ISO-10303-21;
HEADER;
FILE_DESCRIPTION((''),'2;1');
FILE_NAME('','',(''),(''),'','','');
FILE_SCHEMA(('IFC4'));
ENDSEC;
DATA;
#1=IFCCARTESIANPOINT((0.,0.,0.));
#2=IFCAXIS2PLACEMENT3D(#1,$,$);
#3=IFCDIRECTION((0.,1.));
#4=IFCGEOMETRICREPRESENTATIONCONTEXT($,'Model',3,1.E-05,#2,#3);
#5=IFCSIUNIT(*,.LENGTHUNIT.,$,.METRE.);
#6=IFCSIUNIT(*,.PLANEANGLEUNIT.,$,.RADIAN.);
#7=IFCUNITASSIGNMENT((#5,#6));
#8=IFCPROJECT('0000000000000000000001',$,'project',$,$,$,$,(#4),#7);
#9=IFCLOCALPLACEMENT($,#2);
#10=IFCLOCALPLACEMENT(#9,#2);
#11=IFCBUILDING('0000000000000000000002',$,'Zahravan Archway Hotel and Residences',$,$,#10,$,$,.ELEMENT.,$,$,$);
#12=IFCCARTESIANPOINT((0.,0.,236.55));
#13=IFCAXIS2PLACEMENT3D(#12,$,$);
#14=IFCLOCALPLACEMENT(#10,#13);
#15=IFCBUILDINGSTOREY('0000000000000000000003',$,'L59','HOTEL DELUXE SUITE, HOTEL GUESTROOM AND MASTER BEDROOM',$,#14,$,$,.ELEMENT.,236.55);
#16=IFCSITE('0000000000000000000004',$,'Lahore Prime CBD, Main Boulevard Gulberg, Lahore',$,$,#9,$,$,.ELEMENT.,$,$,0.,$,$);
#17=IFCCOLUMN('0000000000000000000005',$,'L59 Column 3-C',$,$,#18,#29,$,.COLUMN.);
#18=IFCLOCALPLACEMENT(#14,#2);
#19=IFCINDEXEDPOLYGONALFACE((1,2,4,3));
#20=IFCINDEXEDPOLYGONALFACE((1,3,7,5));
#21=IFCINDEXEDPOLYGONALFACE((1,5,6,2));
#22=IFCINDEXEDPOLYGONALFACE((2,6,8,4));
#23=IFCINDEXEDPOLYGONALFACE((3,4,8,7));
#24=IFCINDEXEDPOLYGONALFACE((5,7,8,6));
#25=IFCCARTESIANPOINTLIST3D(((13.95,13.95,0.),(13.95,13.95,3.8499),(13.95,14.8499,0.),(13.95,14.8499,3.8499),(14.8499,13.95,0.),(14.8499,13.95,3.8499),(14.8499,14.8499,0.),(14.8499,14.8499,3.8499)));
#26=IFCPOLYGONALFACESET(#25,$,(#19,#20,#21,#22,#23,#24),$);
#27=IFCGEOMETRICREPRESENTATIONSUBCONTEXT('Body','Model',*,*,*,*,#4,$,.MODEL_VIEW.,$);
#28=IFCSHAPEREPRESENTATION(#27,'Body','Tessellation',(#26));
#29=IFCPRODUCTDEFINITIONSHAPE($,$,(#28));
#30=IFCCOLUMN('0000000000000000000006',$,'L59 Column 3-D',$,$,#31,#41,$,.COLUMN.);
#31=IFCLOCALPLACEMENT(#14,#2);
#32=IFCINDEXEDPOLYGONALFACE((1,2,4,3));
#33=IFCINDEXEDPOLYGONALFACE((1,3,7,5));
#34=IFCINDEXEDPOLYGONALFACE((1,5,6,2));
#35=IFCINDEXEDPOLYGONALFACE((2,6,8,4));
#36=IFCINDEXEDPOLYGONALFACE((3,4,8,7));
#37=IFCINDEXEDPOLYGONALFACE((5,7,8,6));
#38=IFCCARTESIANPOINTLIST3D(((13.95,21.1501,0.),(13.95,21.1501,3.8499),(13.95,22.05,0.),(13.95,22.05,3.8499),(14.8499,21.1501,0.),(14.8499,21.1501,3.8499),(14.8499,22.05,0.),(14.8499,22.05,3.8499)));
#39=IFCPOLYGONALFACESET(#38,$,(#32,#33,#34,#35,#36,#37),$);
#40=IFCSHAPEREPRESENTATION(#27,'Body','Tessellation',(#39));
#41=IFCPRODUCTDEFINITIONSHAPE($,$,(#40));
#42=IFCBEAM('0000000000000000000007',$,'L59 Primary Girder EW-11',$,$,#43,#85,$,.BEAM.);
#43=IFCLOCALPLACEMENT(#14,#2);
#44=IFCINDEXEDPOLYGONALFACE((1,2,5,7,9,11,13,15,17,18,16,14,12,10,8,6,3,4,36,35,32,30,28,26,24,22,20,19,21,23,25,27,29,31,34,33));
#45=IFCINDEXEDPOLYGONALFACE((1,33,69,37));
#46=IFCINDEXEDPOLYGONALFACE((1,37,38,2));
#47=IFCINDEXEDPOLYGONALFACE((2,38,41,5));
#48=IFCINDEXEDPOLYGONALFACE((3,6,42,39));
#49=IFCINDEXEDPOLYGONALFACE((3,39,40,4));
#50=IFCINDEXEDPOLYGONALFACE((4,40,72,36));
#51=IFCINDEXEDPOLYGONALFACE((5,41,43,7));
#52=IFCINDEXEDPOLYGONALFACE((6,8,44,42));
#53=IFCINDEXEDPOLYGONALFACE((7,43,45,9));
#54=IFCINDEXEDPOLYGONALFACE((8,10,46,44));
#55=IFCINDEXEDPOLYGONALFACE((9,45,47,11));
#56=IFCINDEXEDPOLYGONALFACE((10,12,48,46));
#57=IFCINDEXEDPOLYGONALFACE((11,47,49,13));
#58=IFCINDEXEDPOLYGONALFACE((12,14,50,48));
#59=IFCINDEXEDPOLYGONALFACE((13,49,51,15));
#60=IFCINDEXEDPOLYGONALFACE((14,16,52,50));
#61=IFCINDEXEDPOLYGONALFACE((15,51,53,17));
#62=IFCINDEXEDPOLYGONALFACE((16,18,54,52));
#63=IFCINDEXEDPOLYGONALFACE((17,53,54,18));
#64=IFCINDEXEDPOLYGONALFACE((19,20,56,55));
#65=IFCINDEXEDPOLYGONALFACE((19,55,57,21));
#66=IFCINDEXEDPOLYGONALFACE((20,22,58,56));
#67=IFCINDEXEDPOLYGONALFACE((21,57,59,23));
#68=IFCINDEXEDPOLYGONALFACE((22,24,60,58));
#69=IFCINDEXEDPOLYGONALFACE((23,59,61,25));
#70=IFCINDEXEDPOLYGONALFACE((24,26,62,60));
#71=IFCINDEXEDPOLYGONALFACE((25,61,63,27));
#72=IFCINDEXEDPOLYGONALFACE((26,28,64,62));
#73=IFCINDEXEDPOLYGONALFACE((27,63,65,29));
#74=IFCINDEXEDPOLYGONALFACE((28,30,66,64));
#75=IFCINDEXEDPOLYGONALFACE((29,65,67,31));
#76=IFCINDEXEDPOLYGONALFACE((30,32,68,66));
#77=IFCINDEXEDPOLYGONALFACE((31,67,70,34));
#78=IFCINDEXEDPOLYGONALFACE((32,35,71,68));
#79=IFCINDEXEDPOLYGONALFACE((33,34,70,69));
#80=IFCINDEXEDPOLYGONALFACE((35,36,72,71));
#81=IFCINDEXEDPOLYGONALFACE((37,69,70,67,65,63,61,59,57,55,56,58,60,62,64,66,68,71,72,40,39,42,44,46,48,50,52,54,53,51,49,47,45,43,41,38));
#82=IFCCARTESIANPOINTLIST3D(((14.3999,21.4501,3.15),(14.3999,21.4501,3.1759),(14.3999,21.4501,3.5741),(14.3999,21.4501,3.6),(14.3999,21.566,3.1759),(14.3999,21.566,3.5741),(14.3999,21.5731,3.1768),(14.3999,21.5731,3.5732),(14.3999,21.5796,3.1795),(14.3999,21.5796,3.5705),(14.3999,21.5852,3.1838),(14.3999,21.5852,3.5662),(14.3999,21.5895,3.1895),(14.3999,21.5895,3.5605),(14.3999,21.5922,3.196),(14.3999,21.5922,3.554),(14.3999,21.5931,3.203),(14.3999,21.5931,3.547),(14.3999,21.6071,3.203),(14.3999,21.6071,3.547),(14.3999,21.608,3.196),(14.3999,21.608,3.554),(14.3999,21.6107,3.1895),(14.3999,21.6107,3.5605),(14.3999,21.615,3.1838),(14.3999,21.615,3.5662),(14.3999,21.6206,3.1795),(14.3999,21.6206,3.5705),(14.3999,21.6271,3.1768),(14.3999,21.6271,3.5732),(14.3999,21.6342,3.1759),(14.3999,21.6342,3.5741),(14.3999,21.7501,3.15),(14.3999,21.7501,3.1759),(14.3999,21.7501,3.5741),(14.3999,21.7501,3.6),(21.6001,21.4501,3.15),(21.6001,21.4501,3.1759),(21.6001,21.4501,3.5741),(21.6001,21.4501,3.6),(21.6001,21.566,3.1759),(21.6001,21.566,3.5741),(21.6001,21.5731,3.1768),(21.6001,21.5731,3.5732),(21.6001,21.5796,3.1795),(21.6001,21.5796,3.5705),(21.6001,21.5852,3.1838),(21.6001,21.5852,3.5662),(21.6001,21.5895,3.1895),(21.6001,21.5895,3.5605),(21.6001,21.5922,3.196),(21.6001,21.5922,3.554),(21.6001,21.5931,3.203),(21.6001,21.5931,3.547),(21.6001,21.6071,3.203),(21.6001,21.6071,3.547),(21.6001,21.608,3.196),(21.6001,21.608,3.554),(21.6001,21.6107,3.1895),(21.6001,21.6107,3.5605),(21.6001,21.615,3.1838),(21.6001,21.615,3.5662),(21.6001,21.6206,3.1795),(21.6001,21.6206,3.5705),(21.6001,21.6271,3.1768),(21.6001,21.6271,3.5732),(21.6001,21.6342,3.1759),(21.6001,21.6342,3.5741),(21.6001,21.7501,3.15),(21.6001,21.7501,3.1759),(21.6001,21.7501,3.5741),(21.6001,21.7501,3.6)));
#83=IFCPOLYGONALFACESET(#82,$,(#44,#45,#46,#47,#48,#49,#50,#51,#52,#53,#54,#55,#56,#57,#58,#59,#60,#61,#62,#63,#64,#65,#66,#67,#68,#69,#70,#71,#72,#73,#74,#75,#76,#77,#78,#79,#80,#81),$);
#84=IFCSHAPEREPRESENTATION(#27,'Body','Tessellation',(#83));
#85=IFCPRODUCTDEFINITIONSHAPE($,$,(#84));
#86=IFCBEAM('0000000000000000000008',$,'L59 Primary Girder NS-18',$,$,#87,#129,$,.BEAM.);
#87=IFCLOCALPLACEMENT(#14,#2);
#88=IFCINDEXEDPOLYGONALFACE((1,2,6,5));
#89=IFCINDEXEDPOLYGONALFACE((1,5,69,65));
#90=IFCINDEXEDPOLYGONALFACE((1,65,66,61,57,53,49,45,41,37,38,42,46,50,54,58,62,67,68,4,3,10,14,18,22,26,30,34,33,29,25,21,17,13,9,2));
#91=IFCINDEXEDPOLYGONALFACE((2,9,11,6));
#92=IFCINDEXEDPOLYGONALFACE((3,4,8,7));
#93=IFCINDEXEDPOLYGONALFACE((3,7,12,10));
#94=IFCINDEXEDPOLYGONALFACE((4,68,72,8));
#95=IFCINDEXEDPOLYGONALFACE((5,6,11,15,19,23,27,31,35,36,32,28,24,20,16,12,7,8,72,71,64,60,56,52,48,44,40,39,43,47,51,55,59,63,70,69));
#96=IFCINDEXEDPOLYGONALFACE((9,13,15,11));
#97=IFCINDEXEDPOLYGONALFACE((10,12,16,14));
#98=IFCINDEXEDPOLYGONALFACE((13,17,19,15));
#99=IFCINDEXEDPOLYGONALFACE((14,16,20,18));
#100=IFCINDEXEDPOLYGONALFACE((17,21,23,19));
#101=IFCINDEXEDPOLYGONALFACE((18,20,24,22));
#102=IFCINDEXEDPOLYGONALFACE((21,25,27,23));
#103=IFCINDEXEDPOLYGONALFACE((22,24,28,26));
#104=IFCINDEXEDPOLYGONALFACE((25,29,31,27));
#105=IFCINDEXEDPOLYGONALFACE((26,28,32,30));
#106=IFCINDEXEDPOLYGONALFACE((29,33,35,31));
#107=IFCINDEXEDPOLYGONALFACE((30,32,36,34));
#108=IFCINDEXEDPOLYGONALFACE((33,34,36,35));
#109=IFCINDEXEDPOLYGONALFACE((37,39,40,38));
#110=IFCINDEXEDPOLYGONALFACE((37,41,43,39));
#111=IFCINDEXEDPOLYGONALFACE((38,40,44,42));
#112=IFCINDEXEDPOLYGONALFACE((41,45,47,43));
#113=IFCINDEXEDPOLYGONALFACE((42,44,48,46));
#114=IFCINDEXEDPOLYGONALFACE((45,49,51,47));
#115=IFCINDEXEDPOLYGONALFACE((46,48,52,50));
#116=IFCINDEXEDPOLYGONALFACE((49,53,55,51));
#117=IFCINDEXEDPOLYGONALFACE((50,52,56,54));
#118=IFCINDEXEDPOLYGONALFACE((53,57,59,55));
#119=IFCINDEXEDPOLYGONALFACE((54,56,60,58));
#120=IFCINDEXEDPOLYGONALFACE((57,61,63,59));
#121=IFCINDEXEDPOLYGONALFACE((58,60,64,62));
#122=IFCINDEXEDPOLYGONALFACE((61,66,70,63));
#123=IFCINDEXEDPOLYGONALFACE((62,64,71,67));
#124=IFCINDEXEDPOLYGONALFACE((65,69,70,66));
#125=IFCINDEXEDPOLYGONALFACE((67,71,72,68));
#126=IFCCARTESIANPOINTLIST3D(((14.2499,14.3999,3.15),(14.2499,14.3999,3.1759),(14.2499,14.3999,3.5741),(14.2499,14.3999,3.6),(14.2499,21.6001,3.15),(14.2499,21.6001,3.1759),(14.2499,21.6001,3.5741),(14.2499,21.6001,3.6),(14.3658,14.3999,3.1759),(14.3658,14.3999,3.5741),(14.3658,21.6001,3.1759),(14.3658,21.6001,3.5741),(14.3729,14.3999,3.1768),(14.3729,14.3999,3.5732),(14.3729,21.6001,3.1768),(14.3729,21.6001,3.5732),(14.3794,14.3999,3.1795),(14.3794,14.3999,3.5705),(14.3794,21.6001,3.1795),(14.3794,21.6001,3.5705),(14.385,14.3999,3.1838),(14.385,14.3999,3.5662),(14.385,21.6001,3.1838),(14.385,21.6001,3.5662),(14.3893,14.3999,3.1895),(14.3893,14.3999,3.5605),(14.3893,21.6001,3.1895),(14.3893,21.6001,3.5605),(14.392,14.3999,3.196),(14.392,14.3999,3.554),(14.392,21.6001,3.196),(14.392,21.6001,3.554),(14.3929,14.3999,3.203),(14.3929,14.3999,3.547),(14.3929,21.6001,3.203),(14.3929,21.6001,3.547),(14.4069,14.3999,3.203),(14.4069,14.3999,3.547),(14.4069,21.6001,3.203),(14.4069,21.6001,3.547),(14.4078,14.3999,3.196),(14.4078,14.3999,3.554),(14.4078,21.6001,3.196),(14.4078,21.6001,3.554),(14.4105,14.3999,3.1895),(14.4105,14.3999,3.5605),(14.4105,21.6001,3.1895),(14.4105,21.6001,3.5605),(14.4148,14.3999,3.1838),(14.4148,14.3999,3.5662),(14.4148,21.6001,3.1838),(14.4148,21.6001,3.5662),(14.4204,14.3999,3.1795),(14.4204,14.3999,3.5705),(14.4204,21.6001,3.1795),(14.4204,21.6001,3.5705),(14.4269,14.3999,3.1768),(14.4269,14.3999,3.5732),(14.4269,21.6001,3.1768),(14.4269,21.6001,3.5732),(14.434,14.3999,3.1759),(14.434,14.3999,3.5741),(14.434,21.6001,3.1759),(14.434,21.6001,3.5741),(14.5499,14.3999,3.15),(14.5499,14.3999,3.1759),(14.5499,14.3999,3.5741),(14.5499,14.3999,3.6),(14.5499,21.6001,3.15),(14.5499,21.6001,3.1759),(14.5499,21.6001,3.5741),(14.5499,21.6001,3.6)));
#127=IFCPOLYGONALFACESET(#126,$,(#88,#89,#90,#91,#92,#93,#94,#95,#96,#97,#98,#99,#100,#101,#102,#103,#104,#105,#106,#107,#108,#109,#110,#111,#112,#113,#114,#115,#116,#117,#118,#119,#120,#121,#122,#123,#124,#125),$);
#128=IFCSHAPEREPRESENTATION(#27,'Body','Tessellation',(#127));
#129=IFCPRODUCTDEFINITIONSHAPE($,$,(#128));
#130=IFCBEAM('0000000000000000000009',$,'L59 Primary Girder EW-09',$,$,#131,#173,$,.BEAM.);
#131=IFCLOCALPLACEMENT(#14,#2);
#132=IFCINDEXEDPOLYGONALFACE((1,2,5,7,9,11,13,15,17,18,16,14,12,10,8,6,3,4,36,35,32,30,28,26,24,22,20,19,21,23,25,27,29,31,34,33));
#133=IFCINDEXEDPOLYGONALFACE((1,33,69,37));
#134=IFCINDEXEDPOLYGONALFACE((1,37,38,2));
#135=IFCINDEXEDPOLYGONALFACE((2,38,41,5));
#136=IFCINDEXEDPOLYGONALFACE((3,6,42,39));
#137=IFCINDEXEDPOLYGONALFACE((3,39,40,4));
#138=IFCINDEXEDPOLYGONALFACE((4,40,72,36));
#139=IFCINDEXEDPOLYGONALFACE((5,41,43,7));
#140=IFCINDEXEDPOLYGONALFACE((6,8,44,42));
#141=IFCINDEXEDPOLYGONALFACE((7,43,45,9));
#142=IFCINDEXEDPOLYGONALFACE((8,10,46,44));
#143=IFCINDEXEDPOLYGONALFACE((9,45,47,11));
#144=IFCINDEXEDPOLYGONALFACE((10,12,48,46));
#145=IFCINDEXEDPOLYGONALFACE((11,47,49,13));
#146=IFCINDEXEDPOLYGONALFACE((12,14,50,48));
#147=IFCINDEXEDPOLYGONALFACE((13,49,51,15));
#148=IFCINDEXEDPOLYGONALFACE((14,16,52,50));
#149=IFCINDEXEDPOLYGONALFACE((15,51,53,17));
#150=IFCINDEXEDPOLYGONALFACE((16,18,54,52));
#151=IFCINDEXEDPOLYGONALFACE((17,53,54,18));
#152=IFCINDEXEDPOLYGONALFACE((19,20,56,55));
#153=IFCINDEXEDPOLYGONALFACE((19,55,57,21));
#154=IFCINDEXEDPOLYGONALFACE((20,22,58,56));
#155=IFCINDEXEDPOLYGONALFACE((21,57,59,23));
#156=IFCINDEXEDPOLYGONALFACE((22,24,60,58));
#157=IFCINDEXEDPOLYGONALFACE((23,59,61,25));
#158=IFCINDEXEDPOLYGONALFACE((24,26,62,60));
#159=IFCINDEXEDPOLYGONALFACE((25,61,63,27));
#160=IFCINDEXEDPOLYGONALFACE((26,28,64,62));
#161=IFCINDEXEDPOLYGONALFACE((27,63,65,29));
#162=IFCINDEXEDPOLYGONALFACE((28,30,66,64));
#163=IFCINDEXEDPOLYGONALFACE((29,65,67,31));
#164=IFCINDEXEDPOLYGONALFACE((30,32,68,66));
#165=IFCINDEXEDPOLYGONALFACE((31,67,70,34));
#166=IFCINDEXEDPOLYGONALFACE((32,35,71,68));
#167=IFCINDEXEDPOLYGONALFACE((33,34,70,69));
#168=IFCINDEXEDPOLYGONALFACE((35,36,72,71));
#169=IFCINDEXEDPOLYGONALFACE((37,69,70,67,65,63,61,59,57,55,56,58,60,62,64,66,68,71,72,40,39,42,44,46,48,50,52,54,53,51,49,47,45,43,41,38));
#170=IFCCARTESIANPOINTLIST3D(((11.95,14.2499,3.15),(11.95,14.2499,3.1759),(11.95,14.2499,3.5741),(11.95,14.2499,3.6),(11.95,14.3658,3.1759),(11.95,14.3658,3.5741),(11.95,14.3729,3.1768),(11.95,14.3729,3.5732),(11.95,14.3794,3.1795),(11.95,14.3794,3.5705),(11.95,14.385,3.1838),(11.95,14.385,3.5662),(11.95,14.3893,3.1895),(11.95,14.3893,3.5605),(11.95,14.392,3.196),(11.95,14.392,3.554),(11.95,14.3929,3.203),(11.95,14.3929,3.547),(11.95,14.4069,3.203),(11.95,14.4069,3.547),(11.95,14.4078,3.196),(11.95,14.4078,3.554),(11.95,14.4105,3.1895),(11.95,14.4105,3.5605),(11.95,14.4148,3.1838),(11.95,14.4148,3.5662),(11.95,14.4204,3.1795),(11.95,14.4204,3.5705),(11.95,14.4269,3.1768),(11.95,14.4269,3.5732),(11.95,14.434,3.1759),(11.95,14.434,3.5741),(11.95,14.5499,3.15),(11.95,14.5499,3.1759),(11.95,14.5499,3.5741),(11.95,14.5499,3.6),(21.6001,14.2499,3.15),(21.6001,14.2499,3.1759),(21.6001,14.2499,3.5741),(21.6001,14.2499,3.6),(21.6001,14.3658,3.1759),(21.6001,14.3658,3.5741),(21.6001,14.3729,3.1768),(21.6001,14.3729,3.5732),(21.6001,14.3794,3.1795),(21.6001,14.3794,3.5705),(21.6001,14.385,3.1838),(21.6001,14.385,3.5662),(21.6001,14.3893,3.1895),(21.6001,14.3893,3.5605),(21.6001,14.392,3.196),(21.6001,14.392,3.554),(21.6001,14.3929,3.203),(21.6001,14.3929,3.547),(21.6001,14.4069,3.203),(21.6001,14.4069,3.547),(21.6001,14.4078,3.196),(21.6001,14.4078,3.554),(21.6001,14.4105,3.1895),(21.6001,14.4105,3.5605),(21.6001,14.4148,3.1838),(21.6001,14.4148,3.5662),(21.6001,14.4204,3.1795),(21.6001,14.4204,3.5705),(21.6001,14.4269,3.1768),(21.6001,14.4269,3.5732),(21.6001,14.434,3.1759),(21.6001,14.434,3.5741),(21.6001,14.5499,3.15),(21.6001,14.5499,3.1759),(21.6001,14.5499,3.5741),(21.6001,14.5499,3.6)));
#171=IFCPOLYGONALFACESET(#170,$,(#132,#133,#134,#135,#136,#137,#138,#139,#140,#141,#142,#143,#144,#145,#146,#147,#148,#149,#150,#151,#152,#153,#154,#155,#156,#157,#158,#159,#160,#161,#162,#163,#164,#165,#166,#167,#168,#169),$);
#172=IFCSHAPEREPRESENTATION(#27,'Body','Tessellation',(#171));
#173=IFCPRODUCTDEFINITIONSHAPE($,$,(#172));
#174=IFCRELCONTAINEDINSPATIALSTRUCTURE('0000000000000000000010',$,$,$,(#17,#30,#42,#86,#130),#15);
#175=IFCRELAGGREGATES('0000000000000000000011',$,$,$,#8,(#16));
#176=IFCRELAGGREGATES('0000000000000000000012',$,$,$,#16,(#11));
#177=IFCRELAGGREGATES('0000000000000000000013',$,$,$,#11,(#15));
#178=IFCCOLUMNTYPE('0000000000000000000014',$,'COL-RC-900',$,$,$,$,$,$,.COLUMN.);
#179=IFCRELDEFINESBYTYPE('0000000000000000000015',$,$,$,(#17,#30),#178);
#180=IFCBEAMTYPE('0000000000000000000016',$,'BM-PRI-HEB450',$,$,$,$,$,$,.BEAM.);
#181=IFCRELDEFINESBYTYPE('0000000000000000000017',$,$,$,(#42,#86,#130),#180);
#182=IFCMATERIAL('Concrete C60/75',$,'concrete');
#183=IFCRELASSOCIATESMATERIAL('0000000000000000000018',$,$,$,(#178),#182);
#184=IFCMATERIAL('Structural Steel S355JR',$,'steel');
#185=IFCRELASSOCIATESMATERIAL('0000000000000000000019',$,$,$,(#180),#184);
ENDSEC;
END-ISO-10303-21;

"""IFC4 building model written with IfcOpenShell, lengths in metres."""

from ifc_helpers import new_model, si_unit, direction, frame, origin, origin_2d, place, context, subcontext, project, spatial, rectangle, i_section, extrude, source, transform, mapped, material, material_profile, profile_set, type_object, type_shapes, element, save


model = new_model("IFC4")

# Units and contexts
model_context = context("Model", 3, precision=1e-05, world=origin(), true_north=direction((0.0, 1.0)))
body_context = subcontext(model_context, "Body", "Model", "MODEL_VIEW")
ifc_project = project(units=[si_unit("LENGTHUNIT", "METRE"), si_unit("PLANEANGLEUNIT", "RADIAN")], contexts=[model_context])

# Site, building, storey
site_placement = place(None, origin())
site = spatial("IfcSite", under=ifc_project, at=site_placement, Name="Lahore Prime CBD, Main Boulevard Gulberg, Lahore", CompositionType="ELEMENT", RefElevation=0.0)
building_placement = place(site_placement, origin())
building = spatial("IfcBuilding", under=site, at=building_placement, Name="Zahravan Archway Hotel and Residences", CompositionType="ELEMENT")
storey_placement = place(building_placement, frame((0.0, 0.0, 236.55)))
storey = spatial("IfcBuildingStorey", under=building, at=storey_placement, Name="L59", Description="HOTEL DELUXE SUITE, HOTEL GUESTROOM AND MASTER BEDROOM", CompositionType="ELEMENT", Elevation=236.55)

# Columns
ifc_material_1 = material(Name="Concrete C60/75", Category="concrete")
ifc_material_profile_1 = material_profile(ifc_material_1, rectangle(XDim=0.8999, YDim=0.8999, at=origin_2d()), Name="RC-COL-900x900", Category="concrete")
ifc_profile_set_1 = profile_set([ifc_material_profile_1], Name="Concrete C60/75")
column_type = type_object("IfcColumnType", Name="COL-RC-900", PredefinedType="COLUMN", material=ifc_profile_set_1)
shared_shape_1 = source(origin(), body_context, "Body", "SweptSolid", [
    extrude(rectangle(XDim=0.8999, YDim=0.8999, at=origin_2d()), origin(), (0.0, 0.0, 1.0), 3.8499),
])
for number, where, z_axis, x_axis, name in (
    (1, (14.3999, 14.3999, 0.0), (0.0, 0.0, 1.0), (1.0, 0.0, 0.0), "L59 Column 3-C"),
    (2, (14.3999, 21.6001, 0.0), (0.0, 0.0, 1.0), (1.0, 0.0, 0.0), "L59 Column 3-D"),
):
    element("IfcColumn", number, at=place(storey_placement, frame(where, z_axis=z_axis, x_axis=x_axis)), inside=storey, type_object=column_type, Name=name, PredefinedType="COLUMN", context=body_context, shape_type="MappedRepresentation", body=[
        mapped(shared_shape_1, transform((0.0, 0.0, 0.0), scale=1.0)),
    ])

# Beams
ifc_material_2 = material(Name="Structural Steel S355JR", Category="steel")
ifc_material_profile_2 = material_profile(ifc_material_2, i_section(OverallWidth=0.3, OverallDepth=0.45, WebThickness=0.0139, FlangeThickness=0.0259, FilletRadius=0.0271, at=origin_2d()), Name="HEB 450", Category="steel")
ifc_profile_set_2 = profile_set([ifc_material_profile_2], Name="Structural Steel S355JR")
beam_type_1 = type_object("IfcBeamType", Name="BM-PRI-HEB450", PredefinedType="BEAM", material=ifc_profile_set_2)
shared_shape_2 = source(origin(), body_context, "Body", "SweptSolid", [
    extrude(i_section(OverallWidth=0.3, OverallDepth=0.45, WebThickness=0.0139, FlangeThickness=0.0259, FilletRadius=0.0271, at=origin_2d()), origin(), (0.0, 0.0, 1.0), 7.2002),
])
type_shapes(beam_type_1, [shared_shape_2])
for number, where, z_axis, x_axis, name in (
    (3, (14.3999, 21.6001, 3.375), (1.0, 0.0, 0.0), (0.0, 1.0, 0.0), "L59 Primary Girder EW-11"),
    (4, (14.3999, 14.3999, 3.375), (0.0, 1.0, 0.0), (-1.0, 0.0, 0.0), "L59 Primary Girder NS-18"),
):
    element("IfcBeam", number, at=place(storey_placement, frame(where, z_axis=z_axis, x_axis=x_axis)), inside=storey, type_object=beam_type_1, Name=name, PredefinedType="BEAM", context=body_context, shape_type="MappedRepresentation", body=[
        mapped(shared_shape_2, transform((0.0, 0.0, 0.0), scale=1.0)),
    ])
shared_shape_3 = source(origin(), body_context, "Body", "SweptSolid", [
    extrude(i_section(OverallWidth=0.3, OverallDepth=0.45, WebThickness=0.0139, FlangeThickness=0.0259, FilletRadius=0.0271, at=origin_2d()), origin(), (0.0, 0.0, 1.0), 9.6501),
])
beam_1_placement = place(storey_placement, frame((11.95, 14.3999, 3.375), z_axis=(1.0, 0.0, 0.0), x_axis=(0.0, 1.0, 0.0)))
element("IfcBeam", 5, at=beam_1_placement, inside=storey, type_object=beam_type_1, Name="L59 Primary Girder EW-09", PredefinedType="BEAM", context=body_context, shape_type="MappedRepresentation", body=[
    mapped(shared_shape_3, transform((0.0, 0.0, 0.0), scale=1.0)),
])

save(model, "model.ifc")
